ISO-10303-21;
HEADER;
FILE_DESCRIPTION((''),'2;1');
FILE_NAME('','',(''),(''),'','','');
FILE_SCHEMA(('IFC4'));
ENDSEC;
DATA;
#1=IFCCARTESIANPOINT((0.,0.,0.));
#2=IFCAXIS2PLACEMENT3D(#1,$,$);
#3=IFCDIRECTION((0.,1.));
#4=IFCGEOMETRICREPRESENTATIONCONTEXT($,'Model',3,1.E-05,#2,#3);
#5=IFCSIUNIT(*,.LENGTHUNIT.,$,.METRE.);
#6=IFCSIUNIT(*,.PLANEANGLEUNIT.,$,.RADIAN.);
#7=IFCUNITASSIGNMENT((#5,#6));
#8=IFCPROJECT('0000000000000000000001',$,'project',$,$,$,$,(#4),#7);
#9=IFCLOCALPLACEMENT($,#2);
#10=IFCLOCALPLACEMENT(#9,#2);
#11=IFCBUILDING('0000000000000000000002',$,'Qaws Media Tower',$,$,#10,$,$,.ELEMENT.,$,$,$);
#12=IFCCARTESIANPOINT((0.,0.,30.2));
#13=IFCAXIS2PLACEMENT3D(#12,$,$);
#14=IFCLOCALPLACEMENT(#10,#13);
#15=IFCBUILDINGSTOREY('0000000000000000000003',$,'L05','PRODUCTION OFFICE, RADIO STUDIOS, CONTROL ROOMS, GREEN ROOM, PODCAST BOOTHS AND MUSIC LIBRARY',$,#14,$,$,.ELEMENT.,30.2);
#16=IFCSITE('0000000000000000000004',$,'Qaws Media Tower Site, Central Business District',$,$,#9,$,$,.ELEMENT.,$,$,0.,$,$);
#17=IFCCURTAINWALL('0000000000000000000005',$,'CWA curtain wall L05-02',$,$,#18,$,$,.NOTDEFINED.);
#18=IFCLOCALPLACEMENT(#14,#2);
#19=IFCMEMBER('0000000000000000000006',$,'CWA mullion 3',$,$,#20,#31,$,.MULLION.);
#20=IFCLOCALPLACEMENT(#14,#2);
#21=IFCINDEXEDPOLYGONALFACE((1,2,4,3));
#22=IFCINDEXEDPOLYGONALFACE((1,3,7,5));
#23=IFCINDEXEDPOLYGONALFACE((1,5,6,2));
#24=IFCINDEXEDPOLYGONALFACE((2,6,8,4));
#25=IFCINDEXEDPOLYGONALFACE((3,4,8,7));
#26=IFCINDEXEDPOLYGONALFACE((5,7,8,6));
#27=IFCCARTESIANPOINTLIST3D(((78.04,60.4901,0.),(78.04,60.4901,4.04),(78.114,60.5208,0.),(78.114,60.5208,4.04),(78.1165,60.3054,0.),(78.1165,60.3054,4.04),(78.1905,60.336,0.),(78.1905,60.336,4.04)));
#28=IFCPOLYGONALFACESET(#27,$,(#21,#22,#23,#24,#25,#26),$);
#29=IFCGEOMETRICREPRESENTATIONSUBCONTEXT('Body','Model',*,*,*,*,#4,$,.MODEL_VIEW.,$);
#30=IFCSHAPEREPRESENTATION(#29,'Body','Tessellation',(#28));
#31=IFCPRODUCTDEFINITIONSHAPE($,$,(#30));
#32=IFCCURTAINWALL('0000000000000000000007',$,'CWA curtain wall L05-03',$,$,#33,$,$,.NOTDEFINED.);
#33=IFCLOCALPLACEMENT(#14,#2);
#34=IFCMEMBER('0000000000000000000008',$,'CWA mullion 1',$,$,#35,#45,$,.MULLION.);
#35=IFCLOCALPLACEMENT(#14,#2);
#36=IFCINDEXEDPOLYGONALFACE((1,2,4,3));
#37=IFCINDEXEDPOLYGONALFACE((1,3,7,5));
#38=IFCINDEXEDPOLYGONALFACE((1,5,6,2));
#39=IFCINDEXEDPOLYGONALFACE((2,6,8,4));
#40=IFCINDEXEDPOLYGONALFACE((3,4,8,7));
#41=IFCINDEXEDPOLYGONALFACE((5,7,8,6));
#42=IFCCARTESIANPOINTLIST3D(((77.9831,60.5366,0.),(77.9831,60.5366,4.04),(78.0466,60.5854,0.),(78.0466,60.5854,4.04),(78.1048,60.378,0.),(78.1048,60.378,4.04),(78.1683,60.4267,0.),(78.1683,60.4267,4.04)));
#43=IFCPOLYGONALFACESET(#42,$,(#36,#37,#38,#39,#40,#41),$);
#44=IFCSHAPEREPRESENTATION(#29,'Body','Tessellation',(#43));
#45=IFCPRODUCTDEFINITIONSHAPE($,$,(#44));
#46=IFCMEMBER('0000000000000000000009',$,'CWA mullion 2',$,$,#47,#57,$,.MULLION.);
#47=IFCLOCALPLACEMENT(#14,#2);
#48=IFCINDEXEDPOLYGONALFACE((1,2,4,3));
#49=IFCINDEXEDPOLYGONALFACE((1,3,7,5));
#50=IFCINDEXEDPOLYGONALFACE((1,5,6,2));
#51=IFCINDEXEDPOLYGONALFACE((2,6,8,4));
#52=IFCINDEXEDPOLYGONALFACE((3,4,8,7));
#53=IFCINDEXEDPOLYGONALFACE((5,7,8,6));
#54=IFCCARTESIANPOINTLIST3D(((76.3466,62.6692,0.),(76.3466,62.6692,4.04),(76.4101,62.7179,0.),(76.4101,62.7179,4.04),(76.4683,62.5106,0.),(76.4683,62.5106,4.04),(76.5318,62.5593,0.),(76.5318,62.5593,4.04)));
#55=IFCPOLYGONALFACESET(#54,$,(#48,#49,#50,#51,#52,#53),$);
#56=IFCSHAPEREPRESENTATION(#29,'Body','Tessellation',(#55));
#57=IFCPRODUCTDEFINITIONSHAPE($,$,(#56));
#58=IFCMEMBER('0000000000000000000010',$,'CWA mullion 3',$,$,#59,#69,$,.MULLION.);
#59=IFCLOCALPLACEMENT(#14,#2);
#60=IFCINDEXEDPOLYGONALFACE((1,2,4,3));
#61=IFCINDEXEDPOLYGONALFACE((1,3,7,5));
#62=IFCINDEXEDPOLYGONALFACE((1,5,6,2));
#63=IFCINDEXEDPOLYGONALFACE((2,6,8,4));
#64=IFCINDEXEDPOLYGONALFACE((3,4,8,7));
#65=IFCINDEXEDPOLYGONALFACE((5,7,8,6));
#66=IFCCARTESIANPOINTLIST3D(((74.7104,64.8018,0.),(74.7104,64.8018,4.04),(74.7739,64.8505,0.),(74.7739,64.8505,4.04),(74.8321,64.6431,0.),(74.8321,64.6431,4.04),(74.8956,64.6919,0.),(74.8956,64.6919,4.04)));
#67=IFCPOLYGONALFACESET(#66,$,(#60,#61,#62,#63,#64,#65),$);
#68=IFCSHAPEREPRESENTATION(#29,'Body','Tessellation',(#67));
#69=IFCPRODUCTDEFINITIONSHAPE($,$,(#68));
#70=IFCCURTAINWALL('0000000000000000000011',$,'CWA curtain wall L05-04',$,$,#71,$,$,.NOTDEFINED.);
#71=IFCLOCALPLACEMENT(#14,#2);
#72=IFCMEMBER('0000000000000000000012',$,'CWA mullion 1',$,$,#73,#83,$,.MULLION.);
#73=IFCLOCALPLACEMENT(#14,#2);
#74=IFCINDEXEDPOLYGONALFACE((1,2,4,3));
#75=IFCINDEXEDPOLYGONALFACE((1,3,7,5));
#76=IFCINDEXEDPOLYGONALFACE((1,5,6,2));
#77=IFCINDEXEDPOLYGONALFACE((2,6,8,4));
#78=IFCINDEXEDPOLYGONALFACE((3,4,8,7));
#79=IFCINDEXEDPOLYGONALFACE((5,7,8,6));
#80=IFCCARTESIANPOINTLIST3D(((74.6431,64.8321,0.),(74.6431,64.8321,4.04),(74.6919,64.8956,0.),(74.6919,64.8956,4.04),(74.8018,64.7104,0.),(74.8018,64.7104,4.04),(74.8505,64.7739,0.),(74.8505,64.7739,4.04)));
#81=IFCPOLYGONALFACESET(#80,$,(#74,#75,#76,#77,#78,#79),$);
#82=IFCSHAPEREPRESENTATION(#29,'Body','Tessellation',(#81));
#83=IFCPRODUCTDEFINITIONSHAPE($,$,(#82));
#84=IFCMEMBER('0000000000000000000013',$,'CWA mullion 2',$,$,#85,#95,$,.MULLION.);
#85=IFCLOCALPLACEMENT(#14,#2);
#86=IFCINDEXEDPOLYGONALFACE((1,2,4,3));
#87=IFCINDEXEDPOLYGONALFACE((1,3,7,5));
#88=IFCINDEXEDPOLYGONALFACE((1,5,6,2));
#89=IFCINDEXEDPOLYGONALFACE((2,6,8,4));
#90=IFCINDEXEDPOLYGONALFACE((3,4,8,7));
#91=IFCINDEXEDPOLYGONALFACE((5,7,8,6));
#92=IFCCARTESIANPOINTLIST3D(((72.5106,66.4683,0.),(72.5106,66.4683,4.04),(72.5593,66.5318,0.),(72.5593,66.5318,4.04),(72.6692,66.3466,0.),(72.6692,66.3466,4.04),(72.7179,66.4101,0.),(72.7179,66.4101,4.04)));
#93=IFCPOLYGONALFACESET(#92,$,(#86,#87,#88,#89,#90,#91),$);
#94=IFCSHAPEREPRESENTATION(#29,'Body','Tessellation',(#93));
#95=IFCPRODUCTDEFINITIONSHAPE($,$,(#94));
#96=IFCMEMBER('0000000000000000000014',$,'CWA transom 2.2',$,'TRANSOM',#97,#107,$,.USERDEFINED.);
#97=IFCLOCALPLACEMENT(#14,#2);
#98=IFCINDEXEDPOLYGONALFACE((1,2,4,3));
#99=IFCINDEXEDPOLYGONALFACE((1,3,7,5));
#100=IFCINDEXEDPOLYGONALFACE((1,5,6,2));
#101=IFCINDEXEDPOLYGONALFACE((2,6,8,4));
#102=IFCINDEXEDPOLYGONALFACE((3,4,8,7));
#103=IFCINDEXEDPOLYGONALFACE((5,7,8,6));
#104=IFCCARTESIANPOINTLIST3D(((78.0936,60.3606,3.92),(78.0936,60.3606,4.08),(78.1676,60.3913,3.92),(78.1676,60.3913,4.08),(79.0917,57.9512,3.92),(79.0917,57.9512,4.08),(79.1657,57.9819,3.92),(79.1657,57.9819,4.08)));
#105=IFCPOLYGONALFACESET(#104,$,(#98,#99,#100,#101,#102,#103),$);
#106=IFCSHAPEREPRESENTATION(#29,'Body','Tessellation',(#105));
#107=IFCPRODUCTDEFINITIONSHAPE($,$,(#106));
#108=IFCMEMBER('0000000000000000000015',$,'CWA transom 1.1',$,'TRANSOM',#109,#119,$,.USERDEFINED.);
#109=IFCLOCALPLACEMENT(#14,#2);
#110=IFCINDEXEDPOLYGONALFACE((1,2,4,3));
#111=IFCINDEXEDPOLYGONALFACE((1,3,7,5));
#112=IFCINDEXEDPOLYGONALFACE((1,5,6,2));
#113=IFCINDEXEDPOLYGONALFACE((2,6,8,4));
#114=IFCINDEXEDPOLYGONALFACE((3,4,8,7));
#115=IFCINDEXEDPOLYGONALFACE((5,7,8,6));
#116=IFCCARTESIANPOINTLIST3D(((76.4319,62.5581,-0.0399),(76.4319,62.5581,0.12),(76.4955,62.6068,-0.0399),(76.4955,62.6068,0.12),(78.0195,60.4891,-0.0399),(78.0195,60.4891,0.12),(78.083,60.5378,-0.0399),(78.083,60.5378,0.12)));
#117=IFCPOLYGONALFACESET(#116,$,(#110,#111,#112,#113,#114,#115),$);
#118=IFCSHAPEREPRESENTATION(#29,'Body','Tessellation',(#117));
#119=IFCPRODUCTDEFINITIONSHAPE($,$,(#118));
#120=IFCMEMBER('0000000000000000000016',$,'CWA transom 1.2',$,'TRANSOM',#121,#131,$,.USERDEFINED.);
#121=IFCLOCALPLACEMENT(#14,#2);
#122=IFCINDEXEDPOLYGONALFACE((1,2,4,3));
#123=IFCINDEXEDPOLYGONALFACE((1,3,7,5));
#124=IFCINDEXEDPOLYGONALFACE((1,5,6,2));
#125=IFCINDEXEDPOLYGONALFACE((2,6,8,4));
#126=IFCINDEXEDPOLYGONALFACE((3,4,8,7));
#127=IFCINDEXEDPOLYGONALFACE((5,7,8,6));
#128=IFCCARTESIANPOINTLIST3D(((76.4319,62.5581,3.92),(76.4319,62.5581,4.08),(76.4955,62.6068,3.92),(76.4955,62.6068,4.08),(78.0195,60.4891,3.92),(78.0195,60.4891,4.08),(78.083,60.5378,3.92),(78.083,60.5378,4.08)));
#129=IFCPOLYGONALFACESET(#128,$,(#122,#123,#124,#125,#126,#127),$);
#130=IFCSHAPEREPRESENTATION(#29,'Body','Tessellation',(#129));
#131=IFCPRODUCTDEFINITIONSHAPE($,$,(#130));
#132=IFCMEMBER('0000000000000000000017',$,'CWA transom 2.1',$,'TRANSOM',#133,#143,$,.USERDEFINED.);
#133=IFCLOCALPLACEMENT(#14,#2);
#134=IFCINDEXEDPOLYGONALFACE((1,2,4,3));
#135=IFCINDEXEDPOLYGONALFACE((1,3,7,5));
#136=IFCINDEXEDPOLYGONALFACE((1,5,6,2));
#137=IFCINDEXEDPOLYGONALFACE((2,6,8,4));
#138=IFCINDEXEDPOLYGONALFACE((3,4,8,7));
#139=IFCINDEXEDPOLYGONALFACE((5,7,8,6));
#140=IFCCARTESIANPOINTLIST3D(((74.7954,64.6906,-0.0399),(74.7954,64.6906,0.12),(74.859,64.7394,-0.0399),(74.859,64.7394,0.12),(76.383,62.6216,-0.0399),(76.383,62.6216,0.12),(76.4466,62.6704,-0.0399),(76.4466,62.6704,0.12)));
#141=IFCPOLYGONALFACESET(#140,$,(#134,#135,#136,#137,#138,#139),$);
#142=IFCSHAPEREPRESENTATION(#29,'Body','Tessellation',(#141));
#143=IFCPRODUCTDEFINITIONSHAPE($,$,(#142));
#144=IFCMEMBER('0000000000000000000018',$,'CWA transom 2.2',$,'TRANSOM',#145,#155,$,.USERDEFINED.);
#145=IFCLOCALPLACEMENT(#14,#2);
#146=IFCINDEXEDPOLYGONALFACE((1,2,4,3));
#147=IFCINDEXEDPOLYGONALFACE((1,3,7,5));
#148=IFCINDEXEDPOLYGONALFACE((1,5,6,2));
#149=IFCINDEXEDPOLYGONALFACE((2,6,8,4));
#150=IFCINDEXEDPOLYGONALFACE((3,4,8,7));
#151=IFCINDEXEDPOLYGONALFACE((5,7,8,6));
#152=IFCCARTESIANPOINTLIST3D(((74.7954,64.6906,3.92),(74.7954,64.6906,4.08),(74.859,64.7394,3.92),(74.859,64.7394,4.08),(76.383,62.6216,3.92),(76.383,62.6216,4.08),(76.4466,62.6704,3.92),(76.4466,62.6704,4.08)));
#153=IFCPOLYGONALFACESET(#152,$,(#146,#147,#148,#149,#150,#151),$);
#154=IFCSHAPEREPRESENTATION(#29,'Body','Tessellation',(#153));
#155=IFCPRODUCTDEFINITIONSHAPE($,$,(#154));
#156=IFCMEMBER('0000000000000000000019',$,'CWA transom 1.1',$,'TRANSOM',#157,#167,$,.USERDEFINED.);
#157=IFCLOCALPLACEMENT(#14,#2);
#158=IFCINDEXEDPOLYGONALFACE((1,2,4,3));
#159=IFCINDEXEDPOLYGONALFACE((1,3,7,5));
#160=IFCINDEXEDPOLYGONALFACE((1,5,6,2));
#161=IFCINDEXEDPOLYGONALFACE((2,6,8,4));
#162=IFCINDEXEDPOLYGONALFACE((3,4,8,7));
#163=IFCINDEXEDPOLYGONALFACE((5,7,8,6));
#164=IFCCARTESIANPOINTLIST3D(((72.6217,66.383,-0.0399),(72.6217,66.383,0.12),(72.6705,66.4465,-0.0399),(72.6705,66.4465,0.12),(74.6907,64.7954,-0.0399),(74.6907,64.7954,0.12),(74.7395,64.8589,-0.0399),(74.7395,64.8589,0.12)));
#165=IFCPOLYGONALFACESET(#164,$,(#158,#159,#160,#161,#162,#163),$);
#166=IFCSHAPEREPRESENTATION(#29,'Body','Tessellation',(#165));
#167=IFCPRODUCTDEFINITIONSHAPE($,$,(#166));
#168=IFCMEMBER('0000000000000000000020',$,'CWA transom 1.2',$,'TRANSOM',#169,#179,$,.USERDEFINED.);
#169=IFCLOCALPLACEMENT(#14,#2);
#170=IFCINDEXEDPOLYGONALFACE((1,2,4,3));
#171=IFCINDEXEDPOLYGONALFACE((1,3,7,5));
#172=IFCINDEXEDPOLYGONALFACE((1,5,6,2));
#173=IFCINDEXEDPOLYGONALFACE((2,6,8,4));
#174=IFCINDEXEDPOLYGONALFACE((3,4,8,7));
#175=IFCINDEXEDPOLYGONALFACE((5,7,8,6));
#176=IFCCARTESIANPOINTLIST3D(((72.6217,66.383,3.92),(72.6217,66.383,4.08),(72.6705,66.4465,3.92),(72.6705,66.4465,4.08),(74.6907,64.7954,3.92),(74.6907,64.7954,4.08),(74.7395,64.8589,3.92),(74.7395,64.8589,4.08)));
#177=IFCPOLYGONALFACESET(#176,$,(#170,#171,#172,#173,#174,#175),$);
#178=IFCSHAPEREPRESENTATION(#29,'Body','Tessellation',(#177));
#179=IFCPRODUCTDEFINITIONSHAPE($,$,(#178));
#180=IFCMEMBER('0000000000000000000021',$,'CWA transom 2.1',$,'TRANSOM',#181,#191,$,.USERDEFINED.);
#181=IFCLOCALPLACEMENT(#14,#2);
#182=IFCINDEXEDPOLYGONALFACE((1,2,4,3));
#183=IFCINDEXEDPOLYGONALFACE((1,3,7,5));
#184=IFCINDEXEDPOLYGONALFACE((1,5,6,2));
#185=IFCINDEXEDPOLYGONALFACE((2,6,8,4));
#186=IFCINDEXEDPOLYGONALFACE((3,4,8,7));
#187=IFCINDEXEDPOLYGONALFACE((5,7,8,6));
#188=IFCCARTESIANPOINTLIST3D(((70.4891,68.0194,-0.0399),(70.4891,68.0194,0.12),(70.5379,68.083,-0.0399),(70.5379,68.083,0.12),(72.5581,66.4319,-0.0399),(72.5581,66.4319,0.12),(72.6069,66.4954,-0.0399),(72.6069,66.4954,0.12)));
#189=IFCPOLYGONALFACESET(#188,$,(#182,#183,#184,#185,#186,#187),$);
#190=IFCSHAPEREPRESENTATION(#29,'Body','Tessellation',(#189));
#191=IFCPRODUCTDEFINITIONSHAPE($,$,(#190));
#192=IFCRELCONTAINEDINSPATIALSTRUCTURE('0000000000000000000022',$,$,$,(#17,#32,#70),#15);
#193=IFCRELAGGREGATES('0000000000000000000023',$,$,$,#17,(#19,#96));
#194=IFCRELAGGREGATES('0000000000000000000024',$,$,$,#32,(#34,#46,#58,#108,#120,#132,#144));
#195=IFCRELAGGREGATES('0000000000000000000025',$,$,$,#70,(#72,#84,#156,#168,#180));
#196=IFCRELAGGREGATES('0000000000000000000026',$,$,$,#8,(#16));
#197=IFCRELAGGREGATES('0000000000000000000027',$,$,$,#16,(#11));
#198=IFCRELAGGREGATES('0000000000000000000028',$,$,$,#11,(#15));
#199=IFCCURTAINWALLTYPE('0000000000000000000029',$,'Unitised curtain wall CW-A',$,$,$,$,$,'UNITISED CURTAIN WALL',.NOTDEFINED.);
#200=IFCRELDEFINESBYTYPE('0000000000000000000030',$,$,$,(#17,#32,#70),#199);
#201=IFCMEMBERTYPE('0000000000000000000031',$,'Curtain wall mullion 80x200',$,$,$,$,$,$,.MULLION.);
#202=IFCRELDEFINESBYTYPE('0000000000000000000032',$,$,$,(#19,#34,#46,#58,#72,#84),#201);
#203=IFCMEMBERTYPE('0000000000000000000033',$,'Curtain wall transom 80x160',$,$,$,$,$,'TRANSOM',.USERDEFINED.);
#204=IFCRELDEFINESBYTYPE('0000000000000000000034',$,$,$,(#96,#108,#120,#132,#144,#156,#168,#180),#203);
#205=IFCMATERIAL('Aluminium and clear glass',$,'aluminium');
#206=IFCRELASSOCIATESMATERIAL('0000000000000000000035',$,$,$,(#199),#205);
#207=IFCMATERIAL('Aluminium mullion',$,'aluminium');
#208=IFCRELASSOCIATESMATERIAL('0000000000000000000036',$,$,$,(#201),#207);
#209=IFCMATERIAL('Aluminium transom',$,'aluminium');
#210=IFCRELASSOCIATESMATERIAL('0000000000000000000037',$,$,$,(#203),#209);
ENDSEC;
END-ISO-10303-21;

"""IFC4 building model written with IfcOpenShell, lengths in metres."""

from ifc_helpers import new_model, si_unit, direction, frame, origin, origin_2d, place, context, subcontext, project, spatial, rectangle, extrude, material, material_profile, profile_set, type_object, element, aggregate, save


model = new_model("IFC4")

# Units and contexts
model_context = context("Model", 3, precision=1e-05, world=origin(), true_north=direction((0.0, 1.0)))
body_context = subcontext(model_context, "Body", "Model", "MODEL_VIEW")
ifc_project = project(units=[si_unit("LENGTHUNIT", "METRE"), si_unit("PLANEANGLEUNIT", "RADIAN")], contexts=[model_context])

# Site, building, storey
site_placement = place(None, origin())
site = spatial("IfcSite", under=ifc_project, at=site_placement, Name="Qaws Media Tower Site, Central Business District", CompositionType="ELEMENT", RefElevation=0.0)
building_placement = place(site_placement, origin())
building = spatial("IfcBuilding", under=site, at=building_placement, Name="Qaws Media Tower", CompositionType="ELEMENT")
storey_placement = place(building_placement, frame((0.0, 0.0, 30.2)))
storey = spatial("IfcBuildingStorey", under=building, at=storey_placement, Name="L05", Description="PRODUCTION OFFICE, RADIO STUDIOS, CONTROL ROOMS, GREEN ROOM, PODCAST BOOTHS AND MUSIC LIBRARY", CompositionType="ELEMENT", Elevation=30.2)

# Curtain wall, member
ifc_material_1 = material(Name="Aluminium and clear glass", Category="aluminium")
curtain_wall_type = type_object("IfcCurtainWallType", Name="Unitised curtain wall CW-A", ElementType="UNITISED CURTAIN WALL", PredefinedType="NOTDEFINED", material=ifc_material_1)
curtain_wall_1_placement = place(storey_placement, origin())
curtain_wall_1 = element("IfcCurtainWall", 1, at=curtain_wall_1_placement, inside=storey, type_object=curtain_wall_type, Name="CWA curtain wall L05-02", PredefinedType="NOTDEFINED")
ifc_material_2 = material(Name="Aluminium mullion", Category="aluminium")
ifc_material_profile_1 = material_profile(ifc_material_2, rectangle(XDim=0.0801, YDim=0.2, at=origin_2d()), Name="80x200")
ifc_profile_set_1 = profile_set([ifc_material_profile_1], Name="Aluminium mullion")
member_type_1 = type_object("IfcMemberType", Name="Curtain wall mullion 80x200", PredefinedType="MULLION", material=ifc_profile_set_1)
member_1_placement = place(storey_placement, frame((78.1152, 60.4131, 0.0), z_axis=(0.0, 0.0, 1.0), x_axis=(-0.92388, -0.382683, 0.0)))
member_1 = element("IfcMember", 2, at=member_1_placement, type_object=member_type_1, Name="CWA mullion 3", PredefinedType="MULLION", context=body_context, shape_type="SweptSolid", body=[
    extrude(rectangle(XDim=0.0801, YDim=0.2, at=origin_2d()), origin(), (0.0, 0.0, 1.0), 4.04),
])

# Curtain walls, members
curtain_wall_2_placement = place(storey_placement, origin())
curtain_wall_2 = element("IfcCurtainWall", 3, at=curtain_wall_2_placement, inside=storey, type_object=curtain_wall_type, Name="CWA curtain wall L05-03", PredefinedType="NOTDEFINED")
member_2_placement = place(storey_placement, frame((78.0757, 60.4817, 0.0), z_axis=(0.0, 0.0, 1.0), x_axis=(-0.793353, -0.608761, 0.0)))
member_2 = element("IfcMember", 4, at=member_2_placement, type_object=member_type_1, Name="CWA mullion 1", PredefinedType="MULLION", context=body_context, shape_type="SweptSolid", body=[
    extrude(rectangle(XDim=0.0801, YDim=0.2, at=origin_2d()), origin(), (0.0, 0.0, 1.0), 4.04),
])
member_3_placement = place(storey_placement, frame((76.4392, 62.6143, 0.0), z_axis=(0.0, 0.0, 1.0), x_axis=(-0.793353, -0.608761, 0.0)))
member_3 = element("IfcMember", 5, at=member_3_placement, type_object=member_type_1, Name="CWA mullion 2", PredefinedType="MULLION", context=body_context, shape_type="SweptSolid", body=[
    extrude(rectangle(XDim=0.0801, YDim=0.2, at=origin_2d()), origin(), (0.0, 0.0, 1.0), 4.04),
])
member_4_placement = place(storey_placement, frame((74.803, 64.7468, 0.0), z_axis=(0.0, 0.0, 1.0), x_axis=(-0.793353, -0.608761, 0.0)))
member_4 = element("IfcMember", 6, at=member_4_placement, type_object=member_type_1, Name="CWA mullion 3", PredefinedType="MULLION", context=body_context, shape_type="SweptSolid", body=[
    extrude(rectangle(XDim=0.0801, YDim=0.2, at=origin_2d()), origin(), (0.0, 0.0, 1.0), 4.04),
])
curtain_wall_3_placement = place(storey_placement, origin())
curtain_wall_3 = element("IfcCurtainWall", 7, at=curtain_wall_3_placement, inside=storey, type_object=curtain_wall_type, Name="CWA curtain wall L05-04", PredefinedType="NOTDEFINED")
member_5_placement = place(storey_placement, frame((74.7468, 64.803, 0.0), z_axis=(0.0, 0.0, 1.0), x_axis=(-0.608761, -0.793353, 0.0)))
member_5 = element("IfcMember", 8, at=member_5_placement, type_object=member_type_1, Name="CWA mullion 1", PredefinedType="MULLION", context=body_context, shape_type="SweptSolid", body=[
    extrude(rectangle(XDim=0.0801, YDim=0.2, at=origin_2d()), origin(), (0.0, 0.0, 1.0), 4.04),
])
member_6_placement = place(storey_placement, frame((72.6143, 66.4392, 0.0), z_axis=(0.0, 0.0, 1.0), x_axis=(-0.608761, -0.793353, 0.0)))
member_6 = element("IfcMember", 9, at=member_6_placement, type_object=member_type_1, Name="CWA mullion 2", PredefinedType="MULLION", context=body_context, shape_type="SweptSolid", body=[
    extrude(rectangle(XDim=0.0801, YDim=0.2, at=origin_2d()), origin(), (0.0, 0.0, 1.0), 4.04),
])

# Members
ifc_material_3 = material(Name="Aluminium transom", Category="aluminium")
ifc_material_profile_2 = material_profile(ifc_material_3, rectangle(XDim=0.0801, YDim=0.1599, at=origin_2d()), Name="80x160")
ifc_profile_set_2 = profile_set([ifc_material_profile_2], Name="Aluminium transom")
member_type_2 = type_object("IfcMemberType", Name="Curtain wall transom 80x160", ElementType="TRANSOM", PredefinedType="USERDEFINED", material=ifc_profile_set_2)
member_7_placement = place(storey_placement, frame((79.1287, 57.9666, 4.0), z_axis=(-0.382694, 0.923875, 0.0), x_axis=(-0.923875, -0.382694, 0.0)))
member_7 = element("IfcMember", 10, at=member_7_placement, type_object=member_type_2, Name="CWA transom 2.2", ObjectType="TRANSOM", PredefinedType="USERDEFINED", context=body_context, shape_type="SweptSolid", body=[
    extrude(rectangle(XDim=0.0801, YDim=0.1599, at=origin_2d()), origin(), (0.0, 0.0, 1.0), 2.6079),
])
member_8_placement = place(storey_placement, frame((78.0513, 60.5134, 0.04), z_axis=(-0.608756, 0.793358, 0.0), x_axis=(-0.793358, -0.608756, 0.0)))
member_8 = element("IfcMember", 11, at=member_8_placement, type_object=member_type_2, Name="CWA transom 1.1", ObjectType="TRANSOM", PredefinedType="USERDEFINED", context=body_context, shape_type="SweptSolid", body=[
    extrude(rectangle(XDim=0.0801, YDim=0.1599, at=origin_2d()), origin(), (0.0, 0.0, 1.0), 2.6079),
])
member_9_placement = place(storey_placement, frame((78.0513, 60.5134, 4.0), z_axis=(-0.608756, 0.793358, 0.0), x_axis=(-0.793358, -0.608756, 0.0)))
member_9 = element("IfcMember", 12, at=member_9_placement, type_object=member_type_2, Name="CWA transom 1.2", ObjectType="TRANSOM", PredefinedType="USERDEFINED", context=body_context, shape_type="SweptSolid", body=[
    extrude(rectangle(XDim=0.0801, YDim=0.1599, at=origin_2d()), origin(), (0.0, 0.0, 1.0), 2.6079),
])
member_10_placement = place(storey_placement, frame((76.4148, 62.646, 0.04), z_axis=(-0.608756, 0.793358, 0.0), x_axis=(-0.793358, -0.608756, 0.0)))
member_10 = element("IfcMember", 13, at=member_10_placement, type_object=member_type_2, Name="CWA transom 2.1", ObjectType="TRANSOM", PredefinedType="USERDEFINED", context=body_context, shape_type="SweptSolid", body=[
    extrude(rectangle(XDim=0.0801, YDim=0.1599, at=origin_2d()), origin(), (0.0, 0.0, 1.0), 2.6079),
])
member_11_placement = place(storey_placement, frame((76.4148, 62.646, 4.0), z_axis=(-0.608756, 0.793358, 0.0), x_axis=(-0.793358, -0.608756, 0.0)))
member_11 = element("IfcMember", 14, at=member_11_placement, type_object=member_type_2, Name="CWA transom 2.2", ObjectType="TRANSOM", PredefinedType="USERDEFINED", context=body_context, shape_type="SweptSolid", body=[
    extrude(rectangle(XDim=0.0801, YDim=0.1599, at=origin_2d()), origin(), (0.0, 0.0, 1.0), 2.6079),
])
member_12_placement = place(storey_placement, frame((74.7151, 64.8271, 0.04), z_axis=(-0.793358, 0.608756, 0.0), x_axis=(-0.608756, -0.793358, 0.0)))
member_12 = element("IfcMember", 15, at=member_12_placement, type_object=member_type_2, Name="CWA transom 1.1", ObjectType="TRANSOM", PredefinedType="USERDEFINED", context=body_context, shape_type="SweptSolid", body=[
    extrude(rectangle(XDim=0.0801, YDim=0.1599, at=origin_2d()), origin(), (0.0, 0.0, 1.0), 2.6079),
])
member_13_placement = place(storey_placement, frame((74.7151, 64.8271, 4.0), z_axis=(-0.793358, 0.608756, 0.0), x_axis=(-0.608756, -0.793358, 0.0)))
member_13 = element("IfcMember", 16, at=member_13_placement, type_object=member_type_2, Name="CWA transom 1.2", ObjectType="TRANSOM", PredefinedType="USERDEFINED", context=body_context, shape_type="SweptSolid", body=[
    extrude(rectangle(XDim=0.0801, YDim=0.1599, at=origin_2d()), origin(), (0.0, 0.0, 1.0), 2.6079),
])
member_14_placement = place(storey_placement, frame((72.5825, 66.4636, 0.04), z_axis=(-0.793358, 0.608756, 0.0), x_axis=(-0.608756, -0.793358, 0.0)))
member_14 = element("IfcMember", 17, at=member_14_placement, type_object=member_type_2, Name="CWA transom 2.1", ObjectType="TRANSOM", PredefinedType="USERDEFINED", context=body_context, shape_type="SweptSolid", body=[
    extrude(rectangle(XDim=0.0801, YDim=0.1599, at=origin_2d()), origin(), (0.0, 0.0, 1.0), 2.6079),
])

aggregate(curtain_wall_1, [member_1, member_7])
aggregate(curtain_wall_2, [member_2, member_3, member_4, member_8, member_9, member_10, member_11])
aggregate(curtain_wall_3, [member_5, member_6, member_12, member_13, member_14])

save(model, "model.ifc")
